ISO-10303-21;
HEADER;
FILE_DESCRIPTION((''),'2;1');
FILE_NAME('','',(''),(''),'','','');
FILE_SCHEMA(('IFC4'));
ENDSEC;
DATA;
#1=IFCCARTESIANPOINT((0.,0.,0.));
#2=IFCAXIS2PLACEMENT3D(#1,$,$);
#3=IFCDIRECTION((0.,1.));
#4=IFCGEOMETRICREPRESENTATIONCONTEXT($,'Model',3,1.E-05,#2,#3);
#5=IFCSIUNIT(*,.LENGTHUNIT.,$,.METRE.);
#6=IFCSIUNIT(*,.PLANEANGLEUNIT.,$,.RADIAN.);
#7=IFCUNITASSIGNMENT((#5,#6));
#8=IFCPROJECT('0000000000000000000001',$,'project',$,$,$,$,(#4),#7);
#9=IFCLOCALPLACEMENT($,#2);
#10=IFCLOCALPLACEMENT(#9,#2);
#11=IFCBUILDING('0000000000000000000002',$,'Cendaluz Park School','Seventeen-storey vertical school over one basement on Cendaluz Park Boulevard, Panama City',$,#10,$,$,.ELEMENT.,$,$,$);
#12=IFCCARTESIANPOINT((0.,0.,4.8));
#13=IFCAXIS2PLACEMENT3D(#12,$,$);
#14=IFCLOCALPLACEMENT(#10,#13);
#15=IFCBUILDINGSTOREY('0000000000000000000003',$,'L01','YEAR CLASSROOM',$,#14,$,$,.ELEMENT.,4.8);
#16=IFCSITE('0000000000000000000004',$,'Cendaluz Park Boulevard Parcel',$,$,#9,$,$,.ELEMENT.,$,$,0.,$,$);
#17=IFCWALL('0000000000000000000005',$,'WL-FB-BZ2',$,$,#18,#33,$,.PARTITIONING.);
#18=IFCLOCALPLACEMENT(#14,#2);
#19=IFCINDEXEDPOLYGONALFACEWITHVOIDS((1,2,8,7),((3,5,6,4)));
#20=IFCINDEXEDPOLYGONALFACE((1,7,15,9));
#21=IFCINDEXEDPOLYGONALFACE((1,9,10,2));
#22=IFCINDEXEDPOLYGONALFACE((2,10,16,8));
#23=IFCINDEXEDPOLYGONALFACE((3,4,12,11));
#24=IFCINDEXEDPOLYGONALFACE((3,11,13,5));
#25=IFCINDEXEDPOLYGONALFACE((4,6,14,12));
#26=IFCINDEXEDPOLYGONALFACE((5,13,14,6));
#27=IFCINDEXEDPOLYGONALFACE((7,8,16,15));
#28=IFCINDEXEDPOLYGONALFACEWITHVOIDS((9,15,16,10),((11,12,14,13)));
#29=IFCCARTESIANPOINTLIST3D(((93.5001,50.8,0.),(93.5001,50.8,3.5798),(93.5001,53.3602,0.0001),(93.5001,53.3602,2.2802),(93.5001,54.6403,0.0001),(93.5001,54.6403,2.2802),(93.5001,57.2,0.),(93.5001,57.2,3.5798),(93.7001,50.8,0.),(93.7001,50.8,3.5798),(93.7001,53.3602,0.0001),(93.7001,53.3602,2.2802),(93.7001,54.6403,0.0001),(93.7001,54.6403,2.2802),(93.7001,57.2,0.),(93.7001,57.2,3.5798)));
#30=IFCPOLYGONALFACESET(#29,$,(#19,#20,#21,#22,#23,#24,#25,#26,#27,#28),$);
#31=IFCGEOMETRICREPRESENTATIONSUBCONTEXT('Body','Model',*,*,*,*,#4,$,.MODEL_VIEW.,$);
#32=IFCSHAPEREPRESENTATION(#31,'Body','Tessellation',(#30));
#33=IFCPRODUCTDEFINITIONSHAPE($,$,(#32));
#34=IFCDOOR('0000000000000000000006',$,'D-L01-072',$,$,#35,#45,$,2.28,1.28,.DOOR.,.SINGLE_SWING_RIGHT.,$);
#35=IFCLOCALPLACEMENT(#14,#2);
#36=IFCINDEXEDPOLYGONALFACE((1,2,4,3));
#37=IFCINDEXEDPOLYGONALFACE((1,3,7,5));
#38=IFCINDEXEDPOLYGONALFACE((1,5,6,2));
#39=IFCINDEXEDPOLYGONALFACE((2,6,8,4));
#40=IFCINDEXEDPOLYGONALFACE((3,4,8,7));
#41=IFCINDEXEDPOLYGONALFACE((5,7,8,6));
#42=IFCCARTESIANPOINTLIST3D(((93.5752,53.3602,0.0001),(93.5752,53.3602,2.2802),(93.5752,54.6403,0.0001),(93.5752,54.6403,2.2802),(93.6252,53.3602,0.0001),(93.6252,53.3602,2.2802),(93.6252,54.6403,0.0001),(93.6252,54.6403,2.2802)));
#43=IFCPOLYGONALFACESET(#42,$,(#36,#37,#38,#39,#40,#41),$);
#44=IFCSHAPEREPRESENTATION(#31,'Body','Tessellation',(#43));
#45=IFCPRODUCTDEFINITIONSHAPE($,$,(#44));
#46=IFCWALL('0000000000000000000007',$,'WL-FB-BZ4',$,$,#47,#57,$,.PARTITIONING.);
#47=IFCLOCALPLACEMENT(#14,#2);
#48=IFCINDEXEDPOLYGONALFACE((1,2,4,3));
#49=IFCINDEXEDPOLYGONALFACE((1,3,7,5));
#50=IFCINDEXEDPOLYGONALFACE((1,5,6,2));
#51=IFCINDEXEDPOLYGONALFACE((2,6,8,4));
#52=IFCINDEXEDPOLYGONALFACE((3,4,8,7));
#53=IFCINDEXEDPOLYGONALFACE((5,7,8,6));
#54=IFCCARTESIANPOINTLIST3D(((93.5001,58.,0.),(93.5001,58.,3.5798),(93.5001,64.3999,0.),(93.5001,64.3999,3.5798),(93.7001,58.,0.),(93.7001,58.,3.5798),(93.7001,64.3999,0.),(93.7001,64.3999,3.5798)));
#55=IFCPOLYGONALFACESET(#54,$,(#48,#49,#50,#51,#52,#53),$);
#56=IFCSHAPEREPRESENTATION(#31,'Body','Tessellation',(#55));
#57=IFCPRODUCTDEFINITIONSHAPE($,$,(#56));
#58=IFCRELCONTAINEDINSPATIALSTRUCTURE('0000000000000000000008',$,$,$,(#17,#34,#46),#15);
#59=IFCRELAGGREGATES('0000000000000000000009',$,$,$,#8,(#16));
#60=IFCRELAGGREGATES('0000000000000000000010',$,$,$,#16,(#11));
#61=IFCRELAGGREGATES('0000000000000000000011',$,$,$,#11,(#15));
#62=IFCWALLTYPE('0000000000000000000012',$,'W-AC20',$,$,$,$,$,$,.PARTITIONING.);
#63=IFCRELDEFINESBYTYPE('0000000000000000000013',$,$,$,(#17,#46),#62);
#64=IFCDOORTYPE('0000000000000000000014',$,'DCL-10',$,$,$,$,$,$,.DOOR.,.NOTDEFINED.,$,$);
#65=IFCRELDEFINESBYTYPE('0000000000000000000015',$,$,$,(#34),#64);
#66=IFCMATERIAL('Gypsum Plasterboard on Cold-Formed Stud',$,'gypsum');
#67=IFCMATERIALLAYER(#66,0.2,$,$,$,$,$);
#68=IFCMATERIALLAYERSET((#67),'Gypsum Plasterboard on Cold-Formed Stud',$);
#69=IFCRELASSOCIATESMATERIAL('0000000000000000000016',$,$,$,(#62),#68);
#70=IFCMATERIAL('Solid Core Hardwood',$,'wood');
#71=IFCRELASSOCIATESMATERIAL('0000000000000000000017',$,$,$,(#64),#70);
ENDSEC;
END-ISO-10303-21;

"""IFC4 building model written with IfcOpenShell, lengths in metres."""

from ifc_helpers import new_model, si_unit, direction, frame, frame_2d, origin, place, context, subcontext, project, spatial, rectangle, extrude, material, layer, layer_set, type_object, element, fill, save


model = new_model("IFC4")

# Units and contexts
model_context = context("Model", 3, precision=1e-05, world=origin(), true_north=direction((0.0, 1.0)))
body_context = subcontext(model_context, "Body", "Model", "MODEL_VIEW")
ifc_project = project(units=[si_unit("LENGTHUNIT", "METRE"), si_unit("PLANEANGLEUNIT", "RADIAN")], contexts=[model_context])

# Site, building, storey
site_placement = place(None, origin())
site = spatial("IfcSite", under=ifc_project, at=site_placement, Name="Cendaluz Park Boulevard Parcel", CompositionType="ELEMENT", RefElevation=0.0)
building_placement = place(site_placement, origin())
building = spatial("IfcBuilding", under=site, at=building_placement, Name="Cendaluz Park School", Description="Seventeen-storey vertical school over one basement on Cendaluz Park Boulevard, Panama City", CompositionType="ELEMENT")
storey_placement = place(building_placement, frame((0.0, 0.0, 4.8)))
storey = spatial("IfcBuildingStorey", under=building, at=storey_placement, Name="L01", Description="YEAR CLASSROOM", CompositionType="ELEMENT", Elevation=4.8)

# Shared definitions
ifc_material_1 = material(Name="Gypsum Plasterboard on Cold-Formed Stud", Category="gypsum")
ifc_layer = layer(ifc_material_1, 0.2)
ifc_layer_set = layer_set([ifc_layer], Name="Gypsum Plasterboard on Cold-Formed Stud")
wall_type = type_object("IfcWallType", Name="W-AC20", PredefinedType="PARTITIONING", material=ifc_layer_set)

# Wall, opening, door
wall_1_placement = place(storey_placement, frame((93.6001, 50.8, 0.0), z_axis=(0.0, 0.0, 1.0), x_axis=(0.0, 1.0, 0.0)))
wall_1 = element("IfcWall", 1, at=wall_1_placement, inside=storey, type_object=wall_type, Name="WL-FB-BZ2", PredefinedType="PARTITIONING", context=body_context, shape_type="SweptSolid", body=[
    extrude(rectangle(XDim=6.3999, YDim=0.2, at=frame_2d((3.2, 0.0))), origin(), (0.0, 0.0, 1.0), 3.5798),
])
opening_placement = place(wall_1_placement, frame((2.5601, 0.0, 0.0)))
opening = element("IfcOpeningElement", 2, at=opening_placement, cuts=wall_1, PredefinedType="OPENING", context=body_context, shape_type="SweptSolid", body=[
    extrude(rectangle(XDim=1.28, YDim=2.28, at=frame_2d((0.6401, 1.1401))), frame((0.0, 0.1121, 0.0), z_axis=(0.0, -1.0, 0.0), x_axis=(1.0, 0.0, 0.0)), (0.0, 0.0, 1.0), 0.2239),
])
ifc_material_2 = material(Name="Solid Core Hardwood", Category="wood")
door_type = type_object("IfcDoorType", Name="DCL-10", OperationType="NOTDEFINED", PredefinedType="DOOR", material=ifc_material_2)
door_placement = place(opening_placement, origin())
door = element("IfcDoor", 3, at=door_placement, inside=storey, type_object=door_type, Name="D-L01-072", OperationType="SINGLE_SWING_RIGHT", OverallHeight=2.28, OverallWidth=1.28, PredefinedType="DOOR", context=body_context, shape_type="SweptSolid", body=[
    extrude(rectangle(XDim=1.28, YDim=2.28, at=frame_2d((0.6401, 1.1401))), frame((0.0, 0.0249, 0.0), z_axis=(0.0, -1.0, 0.0), x_axis=(1.0, 0.0, 0.0)), (0.0, 0.0, 1.0), 0.05),
])
fill(opening, door)

# Wall
wall_2_placement = place(storey_placement, frame((93.6001, 58.0, 0.0), z_axis=(0.0, 0.0, 1.0), x_axis=(0.0, 1.0, 0.0)))
element("IfcWall", 4, at=wall_2_placement, inside=storey, type_object=wall_type, Name="WL-FB-BZ4", PredefinedType="PARTITIONING", context=body_context, shape_type="SweptSolid", body=[
    extrude(rectangle(XDim=6.3999, YDim=0.2, at=frame_2d((3.2, 0.0))), origin(), (0.0, 0.0, 1.0), 3.5798),
])

save(model, "model.ifc")
